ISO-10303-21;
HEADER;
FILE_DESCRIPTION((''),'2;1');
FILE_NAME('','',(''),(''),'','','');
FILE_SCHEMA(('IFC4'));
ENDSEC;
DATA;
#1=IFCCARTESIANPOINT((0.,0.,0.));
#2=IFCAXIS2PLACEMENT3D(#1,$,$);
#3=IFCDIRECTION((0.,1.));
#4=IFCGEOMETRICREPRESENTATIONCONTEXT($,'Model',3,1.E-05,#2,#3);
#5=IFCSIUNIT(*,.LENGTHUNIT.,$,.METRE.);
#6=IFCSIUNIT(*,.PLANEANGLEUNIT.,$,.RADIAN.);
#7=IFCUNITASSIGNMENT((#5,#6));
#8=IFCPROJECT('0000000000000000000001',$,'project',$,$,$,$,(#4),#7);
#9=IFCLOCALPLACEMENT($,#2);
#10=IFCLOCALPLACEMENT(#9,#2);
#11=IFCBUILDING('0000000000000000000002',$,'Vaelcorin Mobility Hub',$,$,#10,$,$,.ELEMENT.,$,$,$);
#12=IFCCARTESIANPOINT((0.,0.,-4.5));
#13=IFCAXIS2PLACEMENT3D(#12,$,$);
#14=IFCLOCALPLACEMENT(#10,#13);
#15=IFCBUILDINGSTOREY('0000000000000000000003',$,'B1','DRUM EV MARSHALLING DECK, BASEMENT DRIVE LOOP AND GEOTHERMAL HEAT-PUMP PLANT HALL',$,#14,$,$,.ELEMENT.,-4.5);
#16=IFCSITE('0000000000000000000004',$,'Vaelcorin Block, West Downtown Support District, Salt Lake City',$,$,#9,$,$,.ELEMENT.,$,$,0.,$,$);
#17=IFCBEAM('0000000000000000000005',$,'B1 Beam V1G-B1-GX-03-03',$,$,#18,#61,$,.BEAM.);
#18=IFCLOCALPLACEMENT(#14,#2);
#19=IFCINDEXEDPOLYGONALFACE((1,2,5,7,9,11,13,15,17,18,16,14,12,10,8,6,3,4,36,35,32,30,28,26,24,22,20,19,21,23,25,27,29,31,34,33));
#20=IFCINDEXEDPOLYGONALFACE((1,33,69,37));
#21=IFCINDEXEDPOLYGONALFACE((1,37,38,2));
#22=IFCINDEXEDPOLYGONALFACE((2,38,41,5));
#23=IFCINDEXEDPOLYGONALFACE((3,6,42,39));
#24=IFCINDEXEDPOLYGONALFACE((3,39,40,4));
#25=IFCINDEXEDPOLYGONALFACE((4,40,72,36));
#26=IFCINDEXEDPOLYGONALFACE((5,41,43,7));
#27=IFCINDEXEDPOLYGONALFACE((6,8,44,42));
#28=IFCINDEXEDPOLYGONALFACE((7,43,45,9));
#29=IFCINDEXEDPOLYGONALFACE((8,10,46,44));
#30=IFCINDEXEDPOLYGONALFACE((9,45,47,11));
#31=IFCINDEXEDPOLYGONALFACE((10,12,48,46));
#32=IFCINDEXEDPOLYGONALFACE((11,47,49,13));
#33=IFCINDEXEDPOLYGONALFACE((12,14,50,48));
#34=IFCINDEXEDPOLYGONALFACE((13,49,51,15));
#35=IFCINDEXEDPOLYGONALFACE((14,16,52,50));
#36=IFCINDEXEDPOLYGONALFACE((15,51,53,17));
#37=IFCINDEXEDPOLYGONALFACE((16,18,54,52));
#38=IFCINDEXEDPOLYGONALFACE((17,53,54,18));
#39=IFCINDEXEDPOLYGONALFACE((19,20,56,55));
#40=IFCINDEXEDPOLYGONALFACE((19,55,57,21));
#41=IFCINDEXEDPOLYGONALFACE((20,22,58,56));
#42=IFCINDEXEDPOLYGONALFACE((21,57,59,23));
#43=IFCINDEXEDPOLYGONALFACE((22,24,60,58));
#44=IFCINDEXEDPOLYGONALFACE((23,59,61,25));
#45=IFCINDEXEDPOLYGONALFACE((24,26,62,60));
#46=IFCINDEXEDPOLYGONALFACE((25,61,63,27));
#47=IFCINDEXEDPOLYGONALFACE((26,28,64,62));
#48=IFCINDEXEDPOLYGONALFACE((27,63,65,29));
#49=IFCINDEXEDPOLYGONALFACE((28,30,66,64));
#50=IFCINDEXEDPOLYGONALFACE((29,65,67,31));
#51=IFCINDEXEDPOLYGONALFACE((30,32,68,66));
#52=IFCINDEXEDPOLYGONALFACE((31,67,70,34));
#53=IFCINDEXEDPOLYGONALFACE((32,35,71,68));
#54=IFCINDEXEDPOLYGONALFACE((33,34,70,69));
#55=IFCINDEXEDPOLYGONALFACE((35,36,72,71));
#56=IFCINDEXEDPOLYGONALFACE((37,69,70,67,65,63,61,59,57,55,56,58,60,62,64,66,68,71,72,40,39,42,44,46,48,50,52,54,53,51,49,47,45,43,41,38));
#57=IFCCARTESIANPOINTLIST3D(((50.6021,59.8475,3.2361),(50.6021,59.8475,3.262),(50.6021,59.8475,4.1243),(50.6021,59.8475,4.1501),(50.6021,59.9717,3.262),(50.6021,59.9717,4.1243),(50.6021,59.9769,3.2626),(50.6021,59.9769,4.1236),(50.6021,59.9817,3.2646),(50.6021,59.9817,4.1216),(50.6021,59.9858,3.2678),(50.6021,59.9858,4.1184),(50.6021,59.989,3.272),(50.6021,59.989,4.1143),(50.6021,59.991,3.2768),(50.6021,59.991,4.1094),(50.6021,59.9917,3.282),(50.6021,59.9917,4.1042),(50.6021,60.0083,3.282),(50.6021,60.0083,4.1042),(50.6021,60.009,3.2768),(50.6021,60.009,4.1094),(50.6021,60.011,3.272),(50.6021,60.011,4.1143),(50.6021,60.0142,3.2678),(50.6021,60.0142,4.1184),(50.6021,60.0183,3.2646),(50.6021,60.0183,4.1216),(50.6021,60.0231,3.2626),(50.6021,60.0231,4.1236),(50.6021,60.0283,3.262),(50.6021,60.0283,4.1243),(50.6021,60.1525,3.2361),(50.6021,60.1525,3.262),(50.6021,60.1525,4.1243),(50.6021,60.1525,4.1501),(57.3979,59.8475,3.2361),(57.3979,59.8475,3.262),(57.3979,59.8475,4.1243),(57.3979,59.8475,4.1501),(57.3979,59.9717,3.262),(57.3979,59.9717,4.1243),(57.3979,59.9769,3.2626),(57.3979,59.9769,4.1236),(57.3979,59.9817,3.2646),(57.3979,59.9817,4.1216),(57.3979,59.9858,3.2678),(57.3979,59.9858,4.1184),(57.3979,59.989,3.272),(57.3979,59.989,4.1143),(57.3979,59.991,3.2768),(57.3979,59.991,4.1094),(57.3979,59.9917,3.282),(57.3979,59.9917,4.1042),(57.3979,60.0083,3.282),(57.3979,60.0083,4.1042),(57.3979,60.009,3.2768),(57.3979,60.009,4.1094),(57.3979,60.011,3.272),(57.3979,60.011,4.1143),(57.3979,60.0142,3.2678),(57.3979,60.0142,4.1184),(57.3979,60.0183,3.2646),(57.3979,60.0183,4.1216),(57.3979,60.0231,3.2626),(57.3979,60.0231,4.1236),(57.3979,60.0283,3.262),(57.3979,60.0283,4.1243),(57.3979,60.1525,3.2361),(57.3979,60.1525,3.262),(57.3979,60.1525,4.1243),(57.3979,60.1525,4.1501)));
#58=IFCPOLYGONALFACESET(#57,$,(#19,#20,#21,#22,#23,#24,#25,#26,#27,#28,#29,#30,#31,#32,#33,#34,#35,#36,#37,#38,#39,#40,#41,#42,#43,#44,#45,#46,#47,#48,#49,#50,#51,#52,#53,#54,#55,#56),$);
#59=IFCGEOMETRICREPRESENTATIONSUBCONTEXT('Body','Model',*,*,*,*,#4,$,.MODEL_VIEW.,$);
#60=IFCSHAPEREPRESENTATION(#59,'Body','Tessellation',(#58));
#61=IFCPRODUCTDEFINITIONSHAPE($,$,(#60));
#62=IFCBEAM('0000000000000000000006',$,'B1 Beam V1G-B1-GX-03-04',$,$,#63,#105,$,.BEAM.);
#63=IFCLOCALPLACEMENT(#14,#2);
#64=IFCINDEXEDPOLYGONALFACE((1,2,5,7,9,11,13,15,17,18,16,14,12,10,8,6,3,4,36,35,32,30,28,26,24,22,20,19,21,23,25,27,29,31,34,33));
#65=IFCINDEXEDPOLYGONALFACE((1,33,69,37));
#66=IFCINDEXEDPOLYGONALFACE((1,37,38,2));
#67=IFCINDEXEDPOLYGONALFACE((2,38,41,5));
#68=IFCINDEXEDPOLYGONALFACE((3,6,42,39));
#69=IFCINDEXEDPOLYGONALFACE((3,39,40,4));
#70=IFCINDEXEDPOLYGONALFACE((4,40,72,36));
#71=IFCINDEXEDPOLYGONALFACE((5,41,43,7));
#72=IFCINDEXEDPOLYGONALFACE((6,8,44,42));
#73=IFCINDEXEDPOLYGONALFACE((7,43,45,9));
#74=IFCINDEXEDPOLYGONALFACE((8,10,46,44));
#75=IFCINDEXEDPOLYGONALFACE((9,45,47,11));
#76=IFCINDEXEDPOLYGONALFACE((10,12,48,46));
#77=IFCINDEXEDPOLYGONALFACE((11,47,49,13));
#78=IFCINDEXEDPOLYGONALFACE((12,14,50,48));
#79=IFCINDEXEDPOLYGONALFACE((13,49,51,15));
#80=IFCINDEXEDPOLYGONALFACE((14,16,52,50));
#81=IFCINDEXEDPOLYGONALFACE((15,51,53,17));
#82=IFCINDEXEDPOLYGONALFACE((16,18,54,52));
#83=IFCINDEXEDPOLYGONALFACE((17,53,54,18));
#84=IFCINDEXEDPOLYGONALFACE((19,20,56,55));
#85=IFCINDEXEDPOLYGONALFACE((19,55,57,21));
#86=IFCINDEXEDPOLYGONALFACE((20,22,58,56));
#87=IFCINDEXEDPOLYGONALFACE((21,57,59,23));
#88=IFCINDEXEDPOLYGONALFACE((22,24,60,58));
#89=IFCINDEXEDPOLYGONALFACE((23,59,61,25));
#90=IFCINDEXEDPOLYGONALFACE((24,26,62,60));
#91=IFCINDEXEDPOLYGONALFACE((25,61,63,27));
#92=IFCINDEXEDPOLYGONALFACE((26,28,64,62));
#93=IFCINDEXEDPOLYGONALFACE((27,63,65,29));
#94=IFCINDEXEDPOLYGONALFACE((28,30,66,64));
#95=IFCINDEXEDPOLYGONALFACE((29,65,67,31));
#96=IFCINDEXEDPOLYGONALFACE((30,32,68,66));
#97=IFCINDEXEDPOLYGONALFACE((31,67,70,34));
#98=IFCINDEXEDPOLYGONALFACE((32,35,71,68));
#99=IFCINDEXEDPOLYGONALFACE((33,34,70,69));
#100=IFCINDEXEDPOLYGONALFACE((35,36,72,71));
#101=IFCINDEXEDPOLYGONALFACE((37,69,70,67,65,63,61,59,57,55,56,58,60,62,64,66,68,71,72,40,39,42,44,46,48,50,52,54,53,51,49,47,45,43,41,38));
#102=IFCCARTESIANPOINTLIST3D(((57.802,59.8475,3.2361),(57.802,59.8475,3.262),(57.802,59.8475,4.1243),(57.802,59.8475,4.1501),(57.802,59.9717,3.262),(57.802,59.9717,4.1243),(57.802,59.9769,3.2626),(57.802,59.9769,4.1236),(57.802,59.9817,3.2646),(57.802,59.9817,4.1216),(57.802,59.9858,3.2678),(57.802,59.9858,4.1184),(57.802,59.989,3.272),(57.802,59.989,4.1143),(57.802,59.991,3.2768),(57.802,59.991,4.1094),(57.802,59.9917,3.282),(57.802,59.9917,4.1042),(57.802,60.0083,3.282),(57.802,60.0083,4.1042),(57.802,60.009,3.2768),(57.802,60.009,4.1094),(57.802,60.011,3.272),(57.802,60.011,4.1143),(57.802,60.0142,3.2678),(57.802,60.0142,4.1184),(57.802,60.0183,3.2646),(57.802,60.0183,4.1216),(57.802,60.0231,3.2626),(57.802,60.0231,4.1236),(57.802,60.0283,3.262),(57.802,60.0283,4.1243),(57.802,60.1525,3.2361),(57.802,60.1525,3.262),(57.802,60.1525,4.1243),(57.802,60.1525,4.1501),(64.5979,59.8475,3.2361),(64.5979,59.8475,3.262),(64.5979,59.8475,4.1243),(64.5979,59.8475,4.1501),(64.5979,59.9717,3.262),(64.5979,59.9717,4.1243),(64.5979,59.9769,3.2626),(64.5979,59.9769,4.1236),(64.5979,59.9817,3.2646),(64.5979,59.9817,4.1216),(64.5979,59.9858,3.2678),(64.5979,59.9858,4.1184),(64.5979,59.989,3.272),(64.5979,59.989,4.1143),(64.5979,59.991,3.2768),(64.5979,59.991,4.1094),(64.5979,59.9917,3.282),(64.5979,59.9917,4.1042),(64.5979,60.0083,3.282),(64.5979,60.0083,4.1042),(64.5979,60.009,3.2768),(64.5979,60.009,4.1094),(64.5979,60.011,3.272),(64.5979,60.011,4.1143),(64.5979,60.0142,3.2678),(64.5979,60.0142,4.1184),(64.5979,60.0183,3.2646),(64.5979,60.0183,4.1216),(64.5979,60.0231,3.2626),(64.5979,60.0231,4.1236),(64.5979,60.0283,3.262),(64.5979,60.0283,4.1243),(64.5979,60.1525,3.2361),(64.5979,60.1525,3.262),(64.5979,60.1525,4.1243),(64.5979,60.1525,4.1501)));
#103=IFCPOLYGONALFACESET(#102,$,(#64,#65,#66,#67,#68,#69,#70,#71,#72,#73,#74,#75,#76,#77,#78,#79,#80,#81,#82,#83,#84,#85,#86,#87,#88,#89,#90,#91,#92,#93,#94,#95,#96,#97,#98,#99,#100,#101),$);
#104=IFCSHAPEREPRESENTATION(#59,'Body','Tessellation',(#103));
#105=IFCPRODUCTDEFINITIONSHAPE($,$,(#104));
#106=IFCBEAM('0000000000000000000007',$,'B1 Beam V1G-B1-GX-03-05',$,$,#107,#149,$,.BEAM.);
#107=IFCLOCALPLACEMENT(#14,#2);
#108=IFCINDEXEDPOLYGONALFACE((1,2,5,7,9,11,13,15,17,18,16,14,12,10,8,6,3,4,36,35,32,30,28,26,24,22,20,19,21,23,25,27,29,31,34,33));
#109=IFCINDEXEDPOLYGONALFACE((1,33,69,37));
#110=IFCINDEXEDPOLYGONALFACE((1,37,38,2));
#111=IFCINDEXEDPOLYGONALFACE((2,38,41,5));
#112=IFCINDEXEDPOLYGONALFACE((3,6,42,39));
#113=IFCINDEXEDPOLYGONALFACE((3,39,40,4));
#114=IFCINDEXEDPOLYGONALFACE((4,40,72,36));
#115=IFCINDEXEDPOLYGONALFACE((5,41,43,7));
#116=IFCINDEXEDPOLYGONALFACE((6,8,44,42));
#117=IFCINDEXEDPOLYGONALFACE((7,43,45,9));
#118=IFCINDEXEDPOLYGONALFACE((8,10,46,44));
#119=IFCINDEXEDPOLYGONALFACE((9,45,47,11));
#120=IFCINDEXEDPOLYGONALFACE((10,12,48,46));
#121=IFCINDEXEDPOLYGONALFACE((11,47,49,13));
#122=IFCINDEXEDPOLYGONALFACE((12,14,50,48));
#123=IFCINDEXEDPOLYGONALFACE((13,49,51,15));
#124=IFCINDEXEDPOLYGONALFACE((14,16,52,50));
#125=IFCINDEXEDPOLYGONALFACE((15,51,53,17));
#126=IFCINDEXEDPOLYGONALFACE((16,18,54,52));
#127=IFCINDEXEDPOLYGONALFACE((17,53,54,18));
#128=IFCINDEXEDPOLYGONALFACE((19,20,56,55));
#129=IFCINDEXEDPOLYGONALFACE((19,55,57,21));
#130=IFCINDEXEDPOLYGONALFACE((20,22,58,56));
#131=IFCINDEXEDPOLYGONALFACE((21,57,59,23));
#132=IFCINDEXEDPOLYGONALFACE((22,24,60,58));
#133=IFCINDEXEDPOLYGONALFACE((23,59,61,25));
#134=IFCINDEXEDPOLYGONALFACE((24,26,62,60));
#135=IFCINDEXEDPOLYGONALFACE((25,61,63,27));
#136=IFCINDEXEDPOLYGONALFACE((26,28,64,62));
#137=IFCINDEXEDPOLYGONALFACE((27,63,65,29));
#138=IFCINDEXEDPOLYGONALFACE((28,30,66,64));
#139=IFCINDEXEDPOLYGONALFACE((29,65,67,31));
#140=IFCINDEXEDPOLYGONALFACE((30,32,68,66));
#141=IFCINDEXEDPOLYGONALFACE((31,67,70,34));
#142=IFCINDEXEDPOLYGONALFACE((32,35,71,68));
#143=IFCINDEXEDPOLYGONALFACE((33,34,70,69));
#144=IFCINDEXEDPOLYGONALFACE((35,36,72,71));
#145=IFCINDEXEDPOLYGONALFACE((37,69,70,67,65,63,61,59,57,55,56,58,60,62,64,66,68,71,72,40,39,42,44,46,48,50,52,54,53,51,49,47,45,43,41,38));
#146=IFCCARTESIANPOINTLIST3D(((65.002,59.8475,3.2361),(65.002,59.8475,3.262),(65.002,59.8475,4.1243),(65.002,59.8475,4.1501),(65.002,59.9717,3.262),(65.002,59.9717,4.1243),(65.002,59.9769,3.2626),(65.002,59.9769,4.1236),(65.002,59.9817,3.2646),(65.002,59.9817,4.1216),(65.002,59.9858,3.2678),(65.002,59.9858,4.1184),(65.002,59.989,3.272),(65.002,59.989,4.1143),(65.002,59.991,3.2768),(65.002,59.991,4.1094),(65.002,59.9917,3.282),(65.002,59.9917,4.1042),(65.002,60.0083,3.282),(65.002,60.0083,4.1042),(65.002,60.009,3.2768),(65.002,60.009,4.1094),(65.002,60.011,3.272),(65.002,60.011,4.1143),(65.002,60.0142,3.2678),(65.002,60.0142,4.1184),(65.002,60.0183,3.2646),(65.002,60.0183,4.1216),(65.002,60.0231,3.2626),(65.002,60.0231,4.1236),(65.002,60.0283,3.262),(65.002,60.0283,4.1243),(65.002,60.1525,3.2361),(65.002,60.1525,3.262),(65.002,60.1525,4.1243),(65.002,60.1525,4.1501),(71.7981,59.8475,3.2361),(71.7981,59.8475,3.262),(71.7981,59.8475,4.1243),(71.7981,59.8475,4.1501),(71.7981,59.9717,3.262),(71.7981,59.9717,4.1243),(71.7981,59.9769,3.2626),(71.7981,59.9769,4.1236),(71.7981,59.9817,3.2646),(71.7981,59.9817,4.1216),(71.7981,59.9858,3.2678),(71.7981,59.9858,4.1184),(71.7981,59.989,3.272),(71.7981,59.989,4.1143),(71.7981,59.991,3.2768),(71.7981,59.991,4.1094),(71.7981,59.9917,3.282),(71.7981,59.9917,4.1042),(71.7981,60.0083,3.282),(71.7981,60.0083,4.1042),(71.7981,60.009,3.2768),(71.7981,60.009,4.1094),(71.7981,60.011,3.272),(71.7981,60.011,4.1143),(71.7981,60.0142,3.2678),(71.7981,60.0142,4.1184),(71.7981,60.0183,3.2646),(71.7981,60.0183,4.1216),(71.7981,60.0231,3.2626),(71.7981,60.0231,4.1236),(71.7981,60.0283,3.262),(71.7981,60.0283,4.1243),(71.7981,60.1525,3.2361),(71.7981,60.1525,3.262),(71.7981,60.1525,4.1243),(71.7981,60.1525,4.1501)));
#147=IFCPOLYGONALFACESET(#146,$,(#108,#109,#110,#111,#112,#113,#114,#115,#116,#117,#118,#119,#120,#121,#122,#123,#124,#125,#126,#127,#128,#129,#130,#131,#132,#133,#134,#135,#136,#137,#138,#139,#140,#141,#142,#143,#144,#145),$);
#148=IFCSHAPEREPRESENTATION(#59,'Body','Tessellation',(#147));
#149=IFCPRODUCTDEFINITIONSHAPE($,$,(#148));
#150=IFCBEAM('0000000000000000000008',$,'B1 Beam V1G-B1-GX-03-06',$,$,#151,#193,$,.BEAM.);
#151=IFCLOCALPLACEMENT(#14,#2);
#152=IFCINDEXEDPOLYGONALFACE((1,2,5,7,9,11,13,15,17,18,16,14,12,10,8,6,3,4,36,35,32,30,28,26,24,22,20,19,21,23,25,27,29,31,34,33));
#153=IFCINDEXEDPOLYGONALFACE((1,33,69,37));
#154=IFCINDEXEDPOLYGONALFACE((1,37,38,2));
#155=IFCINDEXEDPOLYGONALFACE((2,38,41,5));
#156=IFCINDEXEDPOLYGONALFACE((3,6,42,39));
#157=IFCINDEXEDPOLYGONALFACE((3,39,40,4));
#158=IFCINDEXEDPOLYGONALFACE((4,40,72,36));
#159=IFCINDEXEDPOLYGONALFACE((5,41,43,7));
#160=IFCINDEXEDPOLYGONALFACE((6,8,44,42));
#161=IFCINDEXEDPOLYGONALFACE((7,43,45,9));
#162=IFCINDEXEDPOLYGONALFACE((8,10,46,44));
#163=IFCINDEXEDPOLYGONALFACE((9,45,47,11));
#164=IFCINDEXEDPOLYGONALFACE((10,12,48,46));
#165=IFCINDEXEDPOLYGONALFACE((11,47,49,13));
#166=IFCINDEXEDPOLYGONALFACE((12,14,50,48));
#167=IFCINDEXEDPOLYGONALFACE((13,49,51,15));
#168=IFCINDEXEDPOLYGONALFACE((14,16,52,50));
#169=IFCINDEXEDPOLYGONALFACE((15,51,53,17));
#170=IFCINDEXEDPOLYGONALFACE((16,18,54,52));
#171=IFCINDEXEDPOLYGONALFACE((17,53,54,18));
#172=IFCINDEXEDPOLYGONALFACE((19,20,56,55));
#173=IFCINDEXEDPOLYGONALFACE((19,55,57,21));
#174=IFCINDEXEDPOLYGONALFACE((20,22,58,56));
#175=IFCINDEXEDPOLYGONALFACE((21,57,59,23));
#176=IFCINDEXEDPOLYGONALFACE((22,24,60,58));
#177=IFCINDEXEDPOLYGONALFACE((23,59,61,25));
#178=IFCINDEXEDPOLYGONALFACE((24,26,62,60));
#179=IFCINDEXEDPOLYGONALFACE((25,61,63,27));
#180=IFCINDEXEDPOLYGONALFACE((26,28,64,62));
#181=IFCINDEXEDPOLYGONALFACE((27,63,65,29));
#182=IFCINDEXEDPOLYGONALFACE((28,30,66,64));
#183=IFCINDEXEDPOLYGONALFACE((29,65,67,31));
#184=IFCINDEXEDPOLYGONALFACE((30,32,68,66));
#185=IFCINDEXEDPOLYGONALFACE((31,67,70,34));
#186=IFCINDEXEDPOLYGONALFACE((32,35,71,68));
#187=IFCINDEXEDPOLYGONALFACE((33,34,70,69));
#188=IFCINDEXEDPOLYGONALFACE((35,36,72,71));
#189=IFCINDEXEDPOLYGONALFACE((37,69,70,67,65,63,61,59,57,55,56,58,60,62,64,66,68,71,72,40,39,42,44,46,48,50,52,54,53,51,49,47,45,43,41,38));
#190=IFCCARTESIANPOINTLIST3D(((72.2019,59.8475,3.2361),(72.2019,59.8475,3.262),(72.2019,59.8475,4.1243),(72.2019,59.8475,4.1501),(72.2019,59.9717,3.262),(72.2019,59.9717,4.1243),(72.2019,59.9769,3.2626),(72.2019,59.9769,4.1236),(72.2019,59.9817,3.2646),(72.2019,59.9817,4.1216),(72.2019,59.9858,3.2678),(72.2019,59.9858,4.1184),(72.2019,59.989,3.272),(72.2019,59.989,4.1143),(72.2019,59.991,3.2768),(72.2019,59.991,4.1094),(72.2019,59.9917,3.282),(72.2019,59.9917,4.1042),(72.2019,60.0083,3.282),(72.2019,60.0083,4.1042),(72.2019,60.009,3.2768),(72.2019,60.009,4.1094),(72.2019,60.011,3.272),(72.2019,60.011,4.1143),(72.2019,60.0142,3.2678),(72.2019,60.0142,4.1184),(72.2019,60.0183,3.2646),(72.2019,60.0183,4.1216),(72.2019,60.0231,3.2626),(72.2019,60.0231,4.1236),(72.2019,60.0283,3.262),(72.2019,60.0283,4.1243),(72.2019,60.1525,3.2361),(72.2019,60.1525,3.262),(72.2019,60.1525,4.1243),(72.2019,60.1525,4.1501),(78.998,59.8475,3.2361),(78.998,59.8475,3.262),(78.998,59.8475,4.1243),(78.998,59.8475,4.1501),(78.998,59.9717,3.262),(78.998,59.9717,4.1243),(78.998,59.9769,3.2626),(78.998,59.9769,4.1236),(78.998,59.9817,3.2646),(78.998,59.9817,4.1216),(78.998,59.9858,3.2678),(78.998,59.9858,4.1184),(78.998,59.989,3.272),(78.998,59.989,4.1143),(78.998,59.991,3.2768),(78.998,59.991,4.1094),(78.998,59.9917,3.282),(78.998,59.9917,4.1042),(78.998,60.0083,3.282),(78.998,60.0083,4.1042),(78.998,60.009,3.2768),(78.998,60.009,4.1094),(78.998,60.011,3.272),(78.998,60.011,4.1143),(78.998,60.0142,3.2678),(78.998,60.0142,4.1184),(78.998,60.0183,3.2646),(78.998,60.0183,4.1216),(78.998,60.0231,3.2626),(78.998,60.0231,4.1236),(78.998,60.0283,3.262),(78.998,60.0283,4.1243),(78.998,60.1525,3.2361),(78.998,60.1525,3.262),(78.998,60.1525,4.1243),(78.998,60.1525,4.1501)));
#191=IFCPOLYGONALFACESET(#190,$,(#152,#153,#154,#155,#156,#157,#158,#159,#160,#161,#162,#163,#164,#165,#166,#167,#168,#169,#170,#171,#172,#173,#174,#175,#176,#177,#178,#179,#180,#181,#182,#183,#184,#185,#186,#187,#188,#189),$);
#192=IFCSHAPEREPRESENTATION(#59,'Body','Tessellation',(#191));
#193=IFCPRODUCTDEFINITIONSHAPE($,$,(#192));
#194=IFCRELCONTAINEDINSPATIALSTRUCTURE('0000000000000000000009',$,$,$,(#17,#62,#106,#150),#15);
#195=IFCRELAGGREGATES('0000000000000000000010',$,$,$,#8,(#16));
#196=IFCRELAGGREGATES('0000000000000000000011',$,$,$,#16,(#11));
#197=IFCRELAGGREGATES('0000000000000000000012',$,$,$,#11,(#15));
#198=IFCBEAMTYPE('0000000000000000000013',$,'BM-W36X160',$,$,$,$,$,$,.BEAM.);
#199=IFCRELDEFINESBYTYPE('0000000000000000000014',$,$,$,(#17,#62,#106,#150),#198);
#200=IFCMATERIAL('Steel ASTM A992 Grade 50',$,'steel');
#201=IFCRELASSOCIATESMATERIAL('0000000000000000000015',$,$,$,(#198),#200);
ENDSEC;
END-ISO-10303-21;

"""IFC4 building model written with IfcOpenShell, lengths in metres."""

from ifc_helpers import new_model, si_unit, direction, frame, origin, origin_2d, place, context, subcontext, project, spatial, i_section, extrude, material, material_profile, profile_set, type_object, element, save


model = new_model("IFC4")

# Units and contexts
model_context = context("Model", 3, precision=1e-05, world=origin(), true_north=direction((0.0, 1.0)))
body_context = subcontext(model_context, "Body", "Model", "MODEL_VIEW")
ifc_project = project(units=[si_unit("LENGTHUNIT", "METRE"), si_unit("PLANEANGLEUNIT", "RADIAN")], contexts=[model_context])

# Site, building, storey
site_placement = place(None, origin())
site = spatial("IfcSite", under=ifc_project, at=site_placement, Name="Vaelcorin Block, West Downtown Support District, Salt Lake City", CompositionType="ELEMENT", RefElevation=0.0)
building_placement = place(site_placement, origin())
building = spatial("IfcBuilding", under=site, at=building_placement, Name="Vaelcorin Mobility Hub", CompositionType="ELEMENT")
storey_placement = place(building_placement, frame((0.0, 0.0, -4.5)))
storey = spatial("IfcBuildingStorey", under=building, at=storey_placement, Name="B1", Description="DRUM EV MARSHALLING DECK, BASEMENT DRIVE LOOP AND GEOTHERMAL HEAT-PUMP PLANT HALL", CompositionType="ELEMENT", Elevation=-4.5)

# Shared definitions
ifc_material_1 = material(Name="Steel ASTM A992 Grade 50", Category="steel")

# Beams
ifc_material_profile_1 = material_profile(ifc_material_1, i_section(OverallWidth=0.3049, OverallDepth=0.9141, WebThickness=0.0166, FlangeThickness=0.0259, FilletRadius=0.02, at=origin_2d()), Name="W36X160")
ifc_profile_set_1 = profile_set([ifc_material_profile_1], Name="Steel ASTM A992 Grade 50")
beam_type_1 = type_object("IfcBeamType", Name="BM-W36X160", PredefinedType="BEAM", material=ifc_profile_set_1)
for number, where, z_axis, x_axis, name in (
    (1, (50.6021, 60.0, 3.6931), (1.0, 0.0, 0.0), (0.0, 1.0, 0.0), "B1 Beam V1G-B1-GX-03-03"),
    (2, (57.802, 60.0, 3.6931), (1.0, 0.0, 0.0), (0.0, 1.0, 0.0), "B1 Beam V1G-B1-GX-03-04"),
):
    element("IfcBeam", number, at=place(storey_placement, frame(where, z_axis=z_axis, x_axis=x_axis)), inside=storey, type_object=beam_type_1, Name=name, PredefinedType="BEAM", context=body_context, shape_type="SweptSolid", body=[
        extrude(i_section(OverallWidth=0.3049, OverallDepth=0.9141, WebThickness=0.0166, FlangeThickness=0.0259, FilletRadius=0.02, at=origin_2d()), origin(), (0.0, 0.0, 1.0), 6.7959),
    ])
for number, where, z_axis, x_axis, name in (
    (3, (65.002, 60.0, 3.6931), (1.0, 0.0, 0.0), (0.0, 1.0, 0.0), "B1 Beam V1G-B1-GX-03-05"),
    (4, (72.2019, 60.0, 3.6931), (1.0, 0.0, 0.0), (0.0, 1.0, 0.0), "B1 Beam V1G-B1-GX-03-06"),
):
    element("IfcBeam", number, at=place(storey_placement, frame(where, z_axis=z_axis, x_axis=x_axis)), inside=storey, type_object=beam_type_1, Name=name, PredefinedType="BEAM", context=body_context, shape_type="SweptSolid", body=[
        extrude(i_section(OverallWidth=0.3049, OverallDepth=0.9141, WebThickness=0.0166, FlangeThickness=0.0259, FilletRadius=0.02, at=origin_2d()), origin(), (0.0, 0.0, 1.0), 6.7961),
    ])

save(model, "model.ifc")
